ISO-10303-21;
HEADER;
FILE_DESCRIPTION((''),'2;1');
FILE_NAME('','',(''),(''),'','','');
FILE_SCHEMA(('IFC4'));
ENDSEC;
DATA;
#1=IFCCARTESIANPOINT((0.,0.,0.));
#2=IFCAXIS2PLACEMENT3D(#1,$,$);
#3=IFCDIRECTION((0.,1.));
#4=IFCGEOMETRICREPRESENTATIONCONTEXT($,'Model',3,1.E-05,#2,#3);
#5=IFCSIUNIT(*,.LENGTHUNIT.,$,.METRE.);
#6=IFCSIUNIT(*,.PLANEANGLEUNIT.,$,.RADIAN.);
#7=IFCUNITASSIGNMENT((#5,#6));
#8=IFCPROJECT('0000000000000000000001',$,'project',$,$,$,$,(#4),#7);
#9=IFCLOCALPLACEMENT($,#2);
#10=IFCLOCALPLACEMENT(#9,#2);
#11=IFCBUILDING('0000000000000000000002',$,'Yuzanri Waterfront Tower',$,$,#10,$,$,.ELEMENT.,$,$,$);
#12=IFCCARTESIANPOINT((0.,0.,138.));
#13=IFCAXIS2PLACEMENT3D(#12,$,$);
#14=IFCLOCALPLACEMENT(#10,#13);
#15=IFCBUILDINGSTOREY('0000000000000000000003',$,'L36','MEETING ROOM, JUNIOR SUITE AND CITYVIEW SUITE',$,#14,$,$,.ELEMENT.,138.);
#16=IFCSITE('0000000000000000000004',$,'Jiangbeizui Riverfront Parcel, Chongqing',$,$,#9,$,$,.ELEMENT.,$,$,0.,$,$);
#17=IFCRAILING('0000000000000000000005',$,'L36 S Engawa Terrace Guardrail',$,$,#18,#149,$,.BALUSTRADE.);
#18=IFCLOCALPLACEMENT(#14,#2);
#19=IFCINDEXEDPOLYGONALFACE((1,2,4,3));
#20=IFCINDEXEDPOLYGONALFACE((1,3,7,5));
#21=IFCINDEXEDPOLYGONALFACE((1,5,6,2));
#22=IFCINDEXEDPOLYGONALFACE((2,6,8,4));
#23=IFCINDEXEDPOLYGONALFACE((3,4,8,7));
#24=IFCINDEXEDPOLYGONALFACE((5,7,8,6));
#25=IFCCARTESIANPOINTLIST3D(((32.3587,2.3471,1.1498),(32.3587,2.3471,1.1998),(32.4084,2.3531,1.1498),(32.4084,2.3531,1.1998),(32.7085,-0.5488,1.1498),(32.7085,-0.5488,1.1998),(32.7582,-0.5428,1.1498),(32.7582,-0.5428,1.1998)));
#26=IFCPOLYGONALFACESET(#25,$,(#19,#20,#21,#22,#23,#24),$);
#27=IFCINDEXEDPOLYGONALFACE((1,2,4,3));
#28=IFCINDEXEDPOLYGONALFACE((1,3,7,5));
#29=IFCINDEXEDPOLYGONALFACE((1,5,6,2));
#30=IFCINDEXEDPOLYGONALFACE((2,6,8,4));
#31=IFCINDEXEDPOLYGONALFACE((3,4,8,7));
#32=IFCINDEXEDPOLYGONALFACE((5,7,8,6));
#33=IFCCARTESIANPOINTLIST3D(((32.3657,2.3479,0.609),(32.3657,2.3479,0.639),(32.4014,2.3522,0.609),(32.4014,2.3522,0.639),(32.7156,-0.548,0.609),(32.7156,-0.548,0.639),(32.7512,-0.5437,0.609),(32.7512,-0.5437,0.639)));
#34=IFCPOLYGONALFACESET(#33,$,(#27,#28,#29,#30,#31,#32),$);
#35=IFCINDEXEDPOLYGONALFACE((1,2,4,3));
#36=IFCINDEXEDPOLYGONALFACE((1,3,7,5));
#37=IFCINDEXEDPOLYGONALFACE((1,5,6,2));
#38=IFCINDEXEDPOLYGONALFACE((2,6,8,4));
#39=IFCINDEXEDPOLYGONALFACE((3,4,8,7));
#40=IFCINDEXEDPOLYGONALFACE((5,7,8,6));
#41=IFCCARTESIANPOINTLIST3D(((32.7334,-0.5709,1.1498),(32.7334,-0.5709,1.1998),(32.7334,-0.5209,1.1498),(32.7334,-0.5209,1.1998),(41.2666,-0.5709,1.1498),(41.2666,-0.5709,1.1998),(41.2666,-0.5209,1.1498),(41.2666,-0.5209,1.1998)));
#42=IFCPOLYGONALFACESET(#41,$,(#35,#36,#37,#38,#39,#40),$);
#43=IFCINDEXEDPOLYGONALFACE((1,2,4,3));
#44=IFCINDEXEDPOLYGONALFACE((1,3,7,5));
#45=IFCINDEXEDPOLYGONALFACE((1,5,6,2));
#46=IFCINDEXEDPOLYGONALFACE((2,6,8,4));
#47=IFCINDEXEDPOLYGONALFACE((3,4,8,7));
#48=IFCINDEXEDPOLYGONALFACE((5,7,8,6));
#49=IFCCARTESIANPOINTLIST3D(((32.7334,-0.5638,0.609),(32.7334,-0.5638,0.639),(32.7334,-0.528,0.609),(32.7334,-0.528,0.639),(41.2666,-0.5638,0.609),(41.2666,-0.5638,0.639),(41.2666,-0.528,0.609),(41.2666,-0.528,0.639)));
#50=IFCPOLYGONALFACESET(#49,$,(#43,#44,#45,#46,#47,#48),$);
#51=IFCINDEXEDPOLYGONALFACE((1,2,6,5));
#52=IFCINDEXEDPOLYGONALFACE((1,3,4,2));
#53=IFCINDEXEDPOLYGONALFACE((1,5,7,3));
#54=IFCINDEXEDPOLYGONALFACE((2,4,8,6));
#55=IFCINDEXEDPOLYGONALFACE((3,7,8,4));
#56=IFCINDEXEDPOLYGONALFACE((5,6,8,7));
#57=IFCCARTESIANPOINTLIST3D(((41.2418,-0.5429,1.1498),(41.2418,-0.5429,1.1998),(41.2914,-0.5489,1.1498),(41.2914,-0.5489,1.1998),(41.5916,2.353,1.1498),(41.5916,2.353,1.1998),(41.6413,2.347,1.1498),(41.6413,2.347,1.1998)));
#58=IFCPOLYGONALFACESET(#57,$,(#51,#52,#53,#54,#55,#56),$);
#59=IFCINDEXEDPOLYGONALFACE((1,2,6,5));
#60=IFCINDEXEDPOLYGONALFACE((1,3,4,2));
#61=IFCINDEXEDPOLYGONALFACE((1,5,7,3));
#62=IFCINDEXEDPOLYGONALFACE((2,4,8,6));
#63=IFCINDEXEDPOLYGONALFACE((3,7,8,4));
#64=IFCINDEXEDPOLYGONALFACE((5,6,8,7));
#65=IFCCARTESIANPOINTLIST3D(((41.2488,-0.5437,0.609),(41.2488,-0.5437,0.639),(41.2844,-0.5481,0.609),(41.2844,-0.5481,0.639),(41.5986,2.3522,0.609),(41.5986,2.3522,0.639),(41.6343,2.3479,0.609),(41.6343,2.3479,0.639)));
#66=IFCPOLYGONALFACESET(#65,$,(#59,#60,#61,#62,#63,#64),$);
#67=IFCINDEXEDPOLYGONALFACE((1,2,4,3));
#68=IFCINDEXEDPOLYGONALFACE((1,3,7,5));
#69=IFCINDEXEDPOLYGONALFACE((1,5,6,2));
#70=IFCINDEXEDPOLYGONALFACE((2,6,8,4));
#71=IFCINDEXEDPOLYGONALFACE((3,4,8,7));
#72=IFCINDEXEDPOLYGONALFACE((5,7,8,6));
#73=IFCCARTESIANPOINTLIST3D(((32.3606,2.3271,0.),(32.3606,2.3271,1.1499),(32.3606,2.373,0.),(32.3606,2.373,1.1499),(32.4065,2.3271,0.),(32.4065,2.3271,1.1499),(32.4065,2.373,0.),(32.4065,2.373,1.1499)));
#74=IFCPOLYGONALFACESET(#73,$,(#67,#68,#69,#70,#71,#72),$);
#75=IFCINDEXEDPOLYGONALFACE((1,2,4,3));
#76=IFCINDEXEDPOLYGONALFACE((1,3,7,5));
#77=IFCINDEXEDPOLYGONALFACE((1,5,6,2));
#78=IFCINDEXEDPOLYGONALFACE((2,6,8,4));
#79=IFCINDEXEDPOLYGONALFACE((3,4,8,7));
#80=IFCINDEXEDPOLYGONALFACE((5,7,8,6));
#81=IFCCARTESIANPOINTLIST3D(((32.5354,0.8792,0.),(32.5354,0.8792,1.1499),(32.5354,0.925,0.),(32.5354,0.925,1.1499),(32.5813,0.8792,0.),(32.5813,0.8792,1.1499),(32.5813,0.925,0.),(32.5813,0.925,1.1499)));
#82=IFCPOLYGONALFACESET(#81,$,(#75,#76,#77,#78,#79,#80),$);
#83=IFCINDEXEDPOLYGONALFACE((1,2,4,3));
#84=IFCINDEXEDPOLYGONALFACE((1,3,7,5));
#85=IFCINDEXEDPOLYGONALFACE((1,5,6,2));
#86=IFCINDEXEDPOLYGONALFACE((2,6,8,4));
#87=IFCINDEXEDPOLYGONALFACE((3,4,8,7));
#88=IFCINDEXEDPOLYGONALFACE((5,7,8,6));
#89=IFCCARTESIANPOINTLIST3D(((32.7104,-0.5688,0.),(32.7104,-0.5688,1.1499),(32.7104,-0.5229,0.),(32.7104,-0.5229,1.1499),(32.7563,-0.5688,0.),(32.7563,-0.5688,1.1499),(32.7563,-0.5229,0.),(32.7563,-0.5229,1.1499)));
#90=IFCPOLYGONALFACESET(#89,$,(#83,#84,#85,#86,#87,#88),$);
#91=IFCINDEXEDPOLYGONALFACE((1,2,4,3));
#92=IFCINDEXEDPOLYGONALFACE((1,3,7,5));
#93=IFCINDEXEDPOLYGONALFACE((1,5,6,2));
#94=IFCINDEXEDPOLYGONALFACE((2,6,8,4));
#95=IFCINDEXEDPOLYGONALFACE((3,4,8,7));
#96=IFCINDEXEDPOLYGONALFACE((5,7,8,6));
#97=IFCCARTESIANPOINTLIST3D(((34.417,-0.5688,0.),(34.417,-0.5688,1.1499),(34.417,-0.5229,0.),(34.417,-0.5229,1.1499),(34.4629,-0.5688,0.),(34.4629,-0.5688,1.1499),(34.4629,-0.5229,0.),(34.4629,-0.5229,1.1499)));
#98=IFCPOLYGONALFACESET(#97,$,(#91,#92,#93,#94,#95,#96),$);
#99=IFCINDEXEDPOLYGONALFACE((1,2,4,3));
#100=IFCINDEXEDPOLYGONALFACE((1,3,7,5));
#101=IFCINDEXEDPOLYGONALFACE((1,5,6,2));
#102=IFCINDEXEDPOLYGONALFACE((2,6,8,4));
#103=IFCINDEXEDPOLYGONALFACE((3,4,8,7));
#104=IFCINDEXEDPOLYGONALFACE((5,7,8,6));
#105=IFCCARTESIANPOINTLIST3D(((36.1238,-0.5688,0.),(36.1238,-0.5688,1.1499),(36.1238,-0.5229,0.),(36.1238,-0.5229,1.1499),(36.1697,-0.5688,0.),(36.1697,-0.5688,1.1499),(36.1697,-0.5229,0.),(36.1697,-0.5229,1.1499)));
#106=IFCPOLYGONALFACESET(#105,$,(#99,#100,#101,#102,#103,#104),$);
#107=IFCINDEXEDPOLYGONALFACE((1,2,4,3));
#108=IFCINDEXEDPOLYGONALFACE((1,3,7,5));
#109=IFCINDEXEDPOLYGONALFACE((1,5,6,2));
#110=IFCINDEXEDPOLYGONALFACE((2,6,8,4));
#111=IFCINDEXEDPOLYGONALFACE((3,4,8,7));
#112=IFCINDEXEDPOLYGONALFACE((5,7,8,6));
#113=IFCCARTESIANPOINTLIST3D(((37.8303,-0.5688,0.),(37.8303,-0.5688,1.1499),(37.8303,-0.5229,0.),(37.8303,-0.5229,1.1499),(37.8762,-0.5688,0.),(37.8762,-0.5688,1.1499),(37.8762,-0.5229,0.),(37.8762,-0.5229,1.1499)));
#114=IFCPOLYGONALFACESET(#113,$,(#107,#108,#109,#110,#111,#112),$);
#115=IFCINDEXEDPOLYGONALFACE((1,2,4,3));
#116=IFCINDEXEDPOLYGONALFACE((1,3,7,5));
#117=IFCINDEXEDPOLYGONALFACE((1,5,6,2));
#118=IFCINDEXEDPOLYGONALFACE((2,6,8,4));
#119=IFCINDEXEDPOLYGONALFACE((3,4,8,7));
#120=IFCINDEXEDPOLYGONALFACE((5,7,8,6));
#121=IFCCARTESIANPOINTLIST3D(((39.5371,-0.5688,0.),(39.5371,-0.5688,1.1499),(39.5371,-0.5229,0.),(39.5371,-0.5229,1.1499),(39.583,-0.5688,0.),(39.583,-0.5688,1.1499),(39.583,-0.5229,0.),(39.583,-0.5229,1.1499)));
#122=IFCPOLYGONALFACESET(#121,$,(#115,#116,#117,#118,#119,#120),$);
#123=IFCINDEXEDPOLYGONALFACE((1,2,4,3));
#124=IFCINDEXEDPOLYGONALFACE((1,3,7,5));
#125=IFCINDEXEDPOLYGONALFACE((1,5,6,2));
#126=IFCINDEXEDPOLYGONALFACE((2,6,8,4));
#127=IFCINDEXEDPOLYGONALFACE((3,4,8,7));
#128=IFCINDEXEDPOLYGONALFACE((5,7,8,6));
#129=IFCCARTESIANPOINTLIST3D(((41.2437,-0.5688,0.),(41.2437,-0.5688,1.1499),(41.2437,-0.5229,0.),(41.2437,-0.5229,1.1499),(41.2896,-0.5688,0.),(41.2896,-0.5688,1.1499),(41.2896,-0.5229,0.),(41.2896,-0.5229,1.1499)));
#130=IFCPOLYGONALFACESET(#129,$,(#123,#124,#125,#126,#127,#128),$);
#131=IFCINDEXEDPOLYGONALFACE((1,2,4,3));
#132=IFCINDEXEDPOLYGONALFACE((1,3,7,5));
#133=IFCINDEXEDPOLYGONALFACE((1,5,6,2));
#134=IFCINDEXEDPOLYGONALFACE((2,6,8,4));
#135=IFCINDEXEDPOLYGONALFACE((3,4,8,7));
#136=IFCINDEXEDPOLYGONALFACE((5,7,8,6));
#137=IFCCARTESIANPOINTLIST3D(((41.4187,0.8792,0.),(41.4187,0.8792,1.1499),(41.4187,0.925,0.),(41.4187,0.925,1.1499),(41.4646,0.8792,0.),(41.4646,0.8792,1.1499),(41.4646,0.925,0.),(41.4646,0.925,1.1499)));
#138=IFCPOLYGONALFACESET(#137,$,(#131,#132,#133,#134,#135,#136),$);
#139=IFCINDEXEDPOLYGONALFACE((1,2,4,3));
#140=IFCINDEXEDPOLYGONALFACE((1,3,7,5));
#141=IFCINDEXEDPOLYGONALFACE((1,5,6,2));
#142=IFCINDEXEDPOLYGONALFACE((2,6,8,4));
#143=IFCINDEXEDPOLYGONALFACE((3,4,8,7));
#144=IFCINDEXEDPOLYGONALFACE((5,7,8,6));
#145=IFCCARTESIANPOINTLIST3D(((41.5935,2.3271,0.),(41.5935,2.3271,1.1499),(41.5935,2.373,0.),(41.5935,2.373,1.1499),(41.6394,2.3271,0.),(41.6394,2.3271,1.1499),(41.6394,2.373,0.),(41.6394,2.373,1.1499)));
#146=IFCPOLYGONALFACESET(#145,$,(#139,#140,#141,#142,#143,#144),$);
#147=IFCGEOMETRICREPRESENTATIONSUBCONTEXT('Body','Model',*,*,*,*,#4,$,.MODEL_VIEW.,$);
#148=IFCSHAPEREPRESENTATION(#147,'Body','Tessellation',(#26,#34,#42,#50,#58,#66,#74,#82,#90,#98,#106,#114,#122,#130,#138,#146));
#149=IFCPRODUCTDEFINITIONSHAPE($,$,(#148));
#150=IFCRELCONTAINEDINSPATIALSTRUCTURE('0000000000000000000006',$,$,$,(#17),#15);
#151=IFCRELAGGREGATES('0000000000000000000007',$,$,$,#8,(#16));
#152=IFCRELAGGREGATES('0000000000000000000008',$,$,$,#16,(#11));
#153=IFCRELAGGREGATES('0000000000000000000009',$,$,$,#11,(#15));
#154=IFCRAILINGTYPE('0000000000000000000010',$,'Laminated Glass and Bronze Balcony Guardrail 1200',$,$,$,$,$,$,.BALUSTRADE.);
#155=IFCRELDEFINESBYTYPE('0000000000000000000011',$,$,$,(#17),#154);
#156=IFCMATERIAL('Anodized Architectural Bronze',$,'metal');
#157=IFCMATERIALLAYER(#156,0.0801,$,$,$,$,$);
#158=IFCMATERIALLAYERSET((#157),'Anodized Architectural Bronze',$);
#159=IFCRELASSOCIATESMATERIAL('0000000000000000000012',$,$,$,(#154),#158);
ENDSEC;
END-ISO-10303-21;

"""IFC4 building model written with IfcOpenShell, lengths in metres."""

from ifc_helpers import new_model, si_unit, direction, frame, origin, origin_2d, place, context, subcontext, project, spatial, rectangle, extrude, source, transform, mapped, material, layer, layer_set, type_object, element, save


model = new_model("IFC4")

# Units and contexts
model_context = context("Model", 3, precision=1e-05, world=origin(), true_north=direction((0.0, 1.0)))
body_context = subcontext(model_context, "Body", "Model", "MODEL_VIEW")
ifc_project = project(units=[si_unit("LENGTHUNIT", "METRE"), si_unit("PLANEANGLEUNIT", "RADIAN")], contexts=[model_context])

# Site, building, storey
site_placement = place(None, origin())
site = spatial("IfcSite", under=ifc_project, at=site_placement, Name="Jiangbeizui Riverfront Parcel, Chongqing", CompositionType="ELEMENT", RefElevation=0.0)
building_placement = place(site_placement, origin())
building = spatial("IfcBuilding", under=site, at=building_placement, Name="Yuzanri Waterfront Tower", CompositionType="ELEMENT")
storey_placement = place(building_placement, frame((0.0, 0.0, 138.0)))
storey = spatial("IfcBuildingStorey", under=building, at=storey_placement, Name="L36", Description="MEETING ROOM, JUNIOR SUITE AND CITYVIEW SUITE", CompositionType="ELEMENT", Elevation=138.0)

# Railing
ifc_material_1 = material(Name="Anodized Architectural Bronze", Category="metal")
ifc_layer_1 = layer(ifc_material_1, 0.0801)
ifc_layer_set_1 = layer_set([ifc_layer_1], Name="Anodized Architectural Bronze")
railing_type = type_object("IfcRailingType", Name="Laminated Glass and Bronze Balcony Guardrail 1200", PredefinedType="BALUSTRADE", material=ifc_layer_set_1)
shared_shape_1 = source(origin(), body_context, "Body", "SweptSolid", [
    extrude(rectangle(XDim=0.05, YDim=0.05, at=origin_2d()), frame((0.0, 0.0, 1.1748), z_axis=(0.119934, -0.992782, 0.0), x_axis=(0.992782, 0.119934, 0.0)), (0.0, 0.0, 1.0), 2.917),
    extrude(rectangle(XDim=0.0359, YDim=0.03, at=origin_2d()), frame((0.0, 0.0, 0.624), z_axis=(0.119934, -0.992782, 0.0), x_axis=(0.992782, 0.119934, 0.0)), (0.0, 0.0, 1.0), 2.917),
    extrude(rectangle(XDim=0.05, YDim=0.05, at=origin_2d()), frame((0.3499, -2.896, 1.1748), z_axis=(1.0, 0.0, 0.0), x_axis=(0.0, 1.0, 0.0)), (0.0, 0.0, 1.0), 8.5332),
    extrude(rectangle(XDim=0.0359, YDim=0.03, at=origin_2d()), frame((0.3499, -2.896, 0.624), z_axis=(1.0, 0.0, 0.0), x_axis=(0.0, 1.0, 0.0)), (0.0, 0.0, 1.0), 8.5332),
    extrude(rectangle(XDim=0.05, YDim=0.05, at=origin_2d()), frame((8.8831, -2.896, 1.1748), z_axis=(0.119934, 0.992782, 0.0), x_axis=(-0.992782, 0.119934, 0.0)), (0.0, 0.0, 1.0), 2.917),
    extrude(rectangle(XDim=0.0359, YDim=0.03, at=origin_2d()), frame((8.8831, -2.896, 0.624), z_axis=(0.119934, 0.992782, 0.0), x_axis=(-0.992782, 0.119934, 0.0)), (0.0, 0.0, 1.0), 2.917),
    extrude(rectangle(XDim=0.0459, YDim=0.0459, at=origin_2d()), origin(), (0.0, 0.0, 1.0), 1.1499),
    extrude(rectangle(XDim=0.0459, YDim=0.0459, at=origin_2d()), frame((0.1748, -1.448, 0.0)), (0.0, 0.0, 1.0), 1.1499),
    extrude(rectangle(XDim=0.0459, YDim=0.0459, at=origin_2d()), frame((0.3499, -2.896, 0.0)), (0.0, 0.0, 1.0), 1.1499),
    extrude(rectangle(XDim=0.0459, YDim=0.0459, at=origin_2d()), frame((2.0564, -2.896, 0.0)), (0.0, 0.0, 1.0), 1.1499),
    extrude(rectangle(XDim=0.0459, YDim=0.0459, at=origin_2d()), frame((3.7632, -2.896, 0.0)), (0.0, 0.0, 1.0), 1.1499),
    extrude(rectangle(XDim=0.0459, YDim=0.0459, at=origin_2d()), frame((5.4697, -2.896, 0.0)), (0.0, 0.0, 1.0), 1.1499),
    extrude(rectangle(XDim=0.0459, YDim=0.0459, at=origin_2d()), frame((7.1765, -2.896, 0.0)), (0.0, 0.0, 1.0), 1.1499),
    extrude(rectangle(XDim=0.0459, YDim=0.0459, at=origin_2d()), frame((8.8831, -2.896, 0.0)), (0.0, 0.0, 1.0), 1.1499),
    extrude(rectangle(XDim=0.0459, YDim=0.0459, at=origin_2d()), frame((9.0581, -1.448, 0.0)), (0.0, 0.0, 1.0), 1.1499),
    extrude(rectangle(XDim=0.0459, YDim=0.0459, at=origin_2d()), frame((9.2329, 0.0, 0.0)), (0.0, 0.0, 1.0), 1.1499),
])
railing_placement = place(storey_placement, frame((32.3835, 2.3501, 0.0)))
element("IfcRailing", 1, at=railing_placement, inside=storey, type_object=railing_type, Name="L36 S Engawa Terrace Guardrail", PredefinedType="BALUSTRADE", context=body_context, shape_type="MappedRepresentation", body=[
    mapped(shared_shape_1, transform((0.0, 0.0, 0.0), scale=1.0)),
])

save(model, "model.ifc")
